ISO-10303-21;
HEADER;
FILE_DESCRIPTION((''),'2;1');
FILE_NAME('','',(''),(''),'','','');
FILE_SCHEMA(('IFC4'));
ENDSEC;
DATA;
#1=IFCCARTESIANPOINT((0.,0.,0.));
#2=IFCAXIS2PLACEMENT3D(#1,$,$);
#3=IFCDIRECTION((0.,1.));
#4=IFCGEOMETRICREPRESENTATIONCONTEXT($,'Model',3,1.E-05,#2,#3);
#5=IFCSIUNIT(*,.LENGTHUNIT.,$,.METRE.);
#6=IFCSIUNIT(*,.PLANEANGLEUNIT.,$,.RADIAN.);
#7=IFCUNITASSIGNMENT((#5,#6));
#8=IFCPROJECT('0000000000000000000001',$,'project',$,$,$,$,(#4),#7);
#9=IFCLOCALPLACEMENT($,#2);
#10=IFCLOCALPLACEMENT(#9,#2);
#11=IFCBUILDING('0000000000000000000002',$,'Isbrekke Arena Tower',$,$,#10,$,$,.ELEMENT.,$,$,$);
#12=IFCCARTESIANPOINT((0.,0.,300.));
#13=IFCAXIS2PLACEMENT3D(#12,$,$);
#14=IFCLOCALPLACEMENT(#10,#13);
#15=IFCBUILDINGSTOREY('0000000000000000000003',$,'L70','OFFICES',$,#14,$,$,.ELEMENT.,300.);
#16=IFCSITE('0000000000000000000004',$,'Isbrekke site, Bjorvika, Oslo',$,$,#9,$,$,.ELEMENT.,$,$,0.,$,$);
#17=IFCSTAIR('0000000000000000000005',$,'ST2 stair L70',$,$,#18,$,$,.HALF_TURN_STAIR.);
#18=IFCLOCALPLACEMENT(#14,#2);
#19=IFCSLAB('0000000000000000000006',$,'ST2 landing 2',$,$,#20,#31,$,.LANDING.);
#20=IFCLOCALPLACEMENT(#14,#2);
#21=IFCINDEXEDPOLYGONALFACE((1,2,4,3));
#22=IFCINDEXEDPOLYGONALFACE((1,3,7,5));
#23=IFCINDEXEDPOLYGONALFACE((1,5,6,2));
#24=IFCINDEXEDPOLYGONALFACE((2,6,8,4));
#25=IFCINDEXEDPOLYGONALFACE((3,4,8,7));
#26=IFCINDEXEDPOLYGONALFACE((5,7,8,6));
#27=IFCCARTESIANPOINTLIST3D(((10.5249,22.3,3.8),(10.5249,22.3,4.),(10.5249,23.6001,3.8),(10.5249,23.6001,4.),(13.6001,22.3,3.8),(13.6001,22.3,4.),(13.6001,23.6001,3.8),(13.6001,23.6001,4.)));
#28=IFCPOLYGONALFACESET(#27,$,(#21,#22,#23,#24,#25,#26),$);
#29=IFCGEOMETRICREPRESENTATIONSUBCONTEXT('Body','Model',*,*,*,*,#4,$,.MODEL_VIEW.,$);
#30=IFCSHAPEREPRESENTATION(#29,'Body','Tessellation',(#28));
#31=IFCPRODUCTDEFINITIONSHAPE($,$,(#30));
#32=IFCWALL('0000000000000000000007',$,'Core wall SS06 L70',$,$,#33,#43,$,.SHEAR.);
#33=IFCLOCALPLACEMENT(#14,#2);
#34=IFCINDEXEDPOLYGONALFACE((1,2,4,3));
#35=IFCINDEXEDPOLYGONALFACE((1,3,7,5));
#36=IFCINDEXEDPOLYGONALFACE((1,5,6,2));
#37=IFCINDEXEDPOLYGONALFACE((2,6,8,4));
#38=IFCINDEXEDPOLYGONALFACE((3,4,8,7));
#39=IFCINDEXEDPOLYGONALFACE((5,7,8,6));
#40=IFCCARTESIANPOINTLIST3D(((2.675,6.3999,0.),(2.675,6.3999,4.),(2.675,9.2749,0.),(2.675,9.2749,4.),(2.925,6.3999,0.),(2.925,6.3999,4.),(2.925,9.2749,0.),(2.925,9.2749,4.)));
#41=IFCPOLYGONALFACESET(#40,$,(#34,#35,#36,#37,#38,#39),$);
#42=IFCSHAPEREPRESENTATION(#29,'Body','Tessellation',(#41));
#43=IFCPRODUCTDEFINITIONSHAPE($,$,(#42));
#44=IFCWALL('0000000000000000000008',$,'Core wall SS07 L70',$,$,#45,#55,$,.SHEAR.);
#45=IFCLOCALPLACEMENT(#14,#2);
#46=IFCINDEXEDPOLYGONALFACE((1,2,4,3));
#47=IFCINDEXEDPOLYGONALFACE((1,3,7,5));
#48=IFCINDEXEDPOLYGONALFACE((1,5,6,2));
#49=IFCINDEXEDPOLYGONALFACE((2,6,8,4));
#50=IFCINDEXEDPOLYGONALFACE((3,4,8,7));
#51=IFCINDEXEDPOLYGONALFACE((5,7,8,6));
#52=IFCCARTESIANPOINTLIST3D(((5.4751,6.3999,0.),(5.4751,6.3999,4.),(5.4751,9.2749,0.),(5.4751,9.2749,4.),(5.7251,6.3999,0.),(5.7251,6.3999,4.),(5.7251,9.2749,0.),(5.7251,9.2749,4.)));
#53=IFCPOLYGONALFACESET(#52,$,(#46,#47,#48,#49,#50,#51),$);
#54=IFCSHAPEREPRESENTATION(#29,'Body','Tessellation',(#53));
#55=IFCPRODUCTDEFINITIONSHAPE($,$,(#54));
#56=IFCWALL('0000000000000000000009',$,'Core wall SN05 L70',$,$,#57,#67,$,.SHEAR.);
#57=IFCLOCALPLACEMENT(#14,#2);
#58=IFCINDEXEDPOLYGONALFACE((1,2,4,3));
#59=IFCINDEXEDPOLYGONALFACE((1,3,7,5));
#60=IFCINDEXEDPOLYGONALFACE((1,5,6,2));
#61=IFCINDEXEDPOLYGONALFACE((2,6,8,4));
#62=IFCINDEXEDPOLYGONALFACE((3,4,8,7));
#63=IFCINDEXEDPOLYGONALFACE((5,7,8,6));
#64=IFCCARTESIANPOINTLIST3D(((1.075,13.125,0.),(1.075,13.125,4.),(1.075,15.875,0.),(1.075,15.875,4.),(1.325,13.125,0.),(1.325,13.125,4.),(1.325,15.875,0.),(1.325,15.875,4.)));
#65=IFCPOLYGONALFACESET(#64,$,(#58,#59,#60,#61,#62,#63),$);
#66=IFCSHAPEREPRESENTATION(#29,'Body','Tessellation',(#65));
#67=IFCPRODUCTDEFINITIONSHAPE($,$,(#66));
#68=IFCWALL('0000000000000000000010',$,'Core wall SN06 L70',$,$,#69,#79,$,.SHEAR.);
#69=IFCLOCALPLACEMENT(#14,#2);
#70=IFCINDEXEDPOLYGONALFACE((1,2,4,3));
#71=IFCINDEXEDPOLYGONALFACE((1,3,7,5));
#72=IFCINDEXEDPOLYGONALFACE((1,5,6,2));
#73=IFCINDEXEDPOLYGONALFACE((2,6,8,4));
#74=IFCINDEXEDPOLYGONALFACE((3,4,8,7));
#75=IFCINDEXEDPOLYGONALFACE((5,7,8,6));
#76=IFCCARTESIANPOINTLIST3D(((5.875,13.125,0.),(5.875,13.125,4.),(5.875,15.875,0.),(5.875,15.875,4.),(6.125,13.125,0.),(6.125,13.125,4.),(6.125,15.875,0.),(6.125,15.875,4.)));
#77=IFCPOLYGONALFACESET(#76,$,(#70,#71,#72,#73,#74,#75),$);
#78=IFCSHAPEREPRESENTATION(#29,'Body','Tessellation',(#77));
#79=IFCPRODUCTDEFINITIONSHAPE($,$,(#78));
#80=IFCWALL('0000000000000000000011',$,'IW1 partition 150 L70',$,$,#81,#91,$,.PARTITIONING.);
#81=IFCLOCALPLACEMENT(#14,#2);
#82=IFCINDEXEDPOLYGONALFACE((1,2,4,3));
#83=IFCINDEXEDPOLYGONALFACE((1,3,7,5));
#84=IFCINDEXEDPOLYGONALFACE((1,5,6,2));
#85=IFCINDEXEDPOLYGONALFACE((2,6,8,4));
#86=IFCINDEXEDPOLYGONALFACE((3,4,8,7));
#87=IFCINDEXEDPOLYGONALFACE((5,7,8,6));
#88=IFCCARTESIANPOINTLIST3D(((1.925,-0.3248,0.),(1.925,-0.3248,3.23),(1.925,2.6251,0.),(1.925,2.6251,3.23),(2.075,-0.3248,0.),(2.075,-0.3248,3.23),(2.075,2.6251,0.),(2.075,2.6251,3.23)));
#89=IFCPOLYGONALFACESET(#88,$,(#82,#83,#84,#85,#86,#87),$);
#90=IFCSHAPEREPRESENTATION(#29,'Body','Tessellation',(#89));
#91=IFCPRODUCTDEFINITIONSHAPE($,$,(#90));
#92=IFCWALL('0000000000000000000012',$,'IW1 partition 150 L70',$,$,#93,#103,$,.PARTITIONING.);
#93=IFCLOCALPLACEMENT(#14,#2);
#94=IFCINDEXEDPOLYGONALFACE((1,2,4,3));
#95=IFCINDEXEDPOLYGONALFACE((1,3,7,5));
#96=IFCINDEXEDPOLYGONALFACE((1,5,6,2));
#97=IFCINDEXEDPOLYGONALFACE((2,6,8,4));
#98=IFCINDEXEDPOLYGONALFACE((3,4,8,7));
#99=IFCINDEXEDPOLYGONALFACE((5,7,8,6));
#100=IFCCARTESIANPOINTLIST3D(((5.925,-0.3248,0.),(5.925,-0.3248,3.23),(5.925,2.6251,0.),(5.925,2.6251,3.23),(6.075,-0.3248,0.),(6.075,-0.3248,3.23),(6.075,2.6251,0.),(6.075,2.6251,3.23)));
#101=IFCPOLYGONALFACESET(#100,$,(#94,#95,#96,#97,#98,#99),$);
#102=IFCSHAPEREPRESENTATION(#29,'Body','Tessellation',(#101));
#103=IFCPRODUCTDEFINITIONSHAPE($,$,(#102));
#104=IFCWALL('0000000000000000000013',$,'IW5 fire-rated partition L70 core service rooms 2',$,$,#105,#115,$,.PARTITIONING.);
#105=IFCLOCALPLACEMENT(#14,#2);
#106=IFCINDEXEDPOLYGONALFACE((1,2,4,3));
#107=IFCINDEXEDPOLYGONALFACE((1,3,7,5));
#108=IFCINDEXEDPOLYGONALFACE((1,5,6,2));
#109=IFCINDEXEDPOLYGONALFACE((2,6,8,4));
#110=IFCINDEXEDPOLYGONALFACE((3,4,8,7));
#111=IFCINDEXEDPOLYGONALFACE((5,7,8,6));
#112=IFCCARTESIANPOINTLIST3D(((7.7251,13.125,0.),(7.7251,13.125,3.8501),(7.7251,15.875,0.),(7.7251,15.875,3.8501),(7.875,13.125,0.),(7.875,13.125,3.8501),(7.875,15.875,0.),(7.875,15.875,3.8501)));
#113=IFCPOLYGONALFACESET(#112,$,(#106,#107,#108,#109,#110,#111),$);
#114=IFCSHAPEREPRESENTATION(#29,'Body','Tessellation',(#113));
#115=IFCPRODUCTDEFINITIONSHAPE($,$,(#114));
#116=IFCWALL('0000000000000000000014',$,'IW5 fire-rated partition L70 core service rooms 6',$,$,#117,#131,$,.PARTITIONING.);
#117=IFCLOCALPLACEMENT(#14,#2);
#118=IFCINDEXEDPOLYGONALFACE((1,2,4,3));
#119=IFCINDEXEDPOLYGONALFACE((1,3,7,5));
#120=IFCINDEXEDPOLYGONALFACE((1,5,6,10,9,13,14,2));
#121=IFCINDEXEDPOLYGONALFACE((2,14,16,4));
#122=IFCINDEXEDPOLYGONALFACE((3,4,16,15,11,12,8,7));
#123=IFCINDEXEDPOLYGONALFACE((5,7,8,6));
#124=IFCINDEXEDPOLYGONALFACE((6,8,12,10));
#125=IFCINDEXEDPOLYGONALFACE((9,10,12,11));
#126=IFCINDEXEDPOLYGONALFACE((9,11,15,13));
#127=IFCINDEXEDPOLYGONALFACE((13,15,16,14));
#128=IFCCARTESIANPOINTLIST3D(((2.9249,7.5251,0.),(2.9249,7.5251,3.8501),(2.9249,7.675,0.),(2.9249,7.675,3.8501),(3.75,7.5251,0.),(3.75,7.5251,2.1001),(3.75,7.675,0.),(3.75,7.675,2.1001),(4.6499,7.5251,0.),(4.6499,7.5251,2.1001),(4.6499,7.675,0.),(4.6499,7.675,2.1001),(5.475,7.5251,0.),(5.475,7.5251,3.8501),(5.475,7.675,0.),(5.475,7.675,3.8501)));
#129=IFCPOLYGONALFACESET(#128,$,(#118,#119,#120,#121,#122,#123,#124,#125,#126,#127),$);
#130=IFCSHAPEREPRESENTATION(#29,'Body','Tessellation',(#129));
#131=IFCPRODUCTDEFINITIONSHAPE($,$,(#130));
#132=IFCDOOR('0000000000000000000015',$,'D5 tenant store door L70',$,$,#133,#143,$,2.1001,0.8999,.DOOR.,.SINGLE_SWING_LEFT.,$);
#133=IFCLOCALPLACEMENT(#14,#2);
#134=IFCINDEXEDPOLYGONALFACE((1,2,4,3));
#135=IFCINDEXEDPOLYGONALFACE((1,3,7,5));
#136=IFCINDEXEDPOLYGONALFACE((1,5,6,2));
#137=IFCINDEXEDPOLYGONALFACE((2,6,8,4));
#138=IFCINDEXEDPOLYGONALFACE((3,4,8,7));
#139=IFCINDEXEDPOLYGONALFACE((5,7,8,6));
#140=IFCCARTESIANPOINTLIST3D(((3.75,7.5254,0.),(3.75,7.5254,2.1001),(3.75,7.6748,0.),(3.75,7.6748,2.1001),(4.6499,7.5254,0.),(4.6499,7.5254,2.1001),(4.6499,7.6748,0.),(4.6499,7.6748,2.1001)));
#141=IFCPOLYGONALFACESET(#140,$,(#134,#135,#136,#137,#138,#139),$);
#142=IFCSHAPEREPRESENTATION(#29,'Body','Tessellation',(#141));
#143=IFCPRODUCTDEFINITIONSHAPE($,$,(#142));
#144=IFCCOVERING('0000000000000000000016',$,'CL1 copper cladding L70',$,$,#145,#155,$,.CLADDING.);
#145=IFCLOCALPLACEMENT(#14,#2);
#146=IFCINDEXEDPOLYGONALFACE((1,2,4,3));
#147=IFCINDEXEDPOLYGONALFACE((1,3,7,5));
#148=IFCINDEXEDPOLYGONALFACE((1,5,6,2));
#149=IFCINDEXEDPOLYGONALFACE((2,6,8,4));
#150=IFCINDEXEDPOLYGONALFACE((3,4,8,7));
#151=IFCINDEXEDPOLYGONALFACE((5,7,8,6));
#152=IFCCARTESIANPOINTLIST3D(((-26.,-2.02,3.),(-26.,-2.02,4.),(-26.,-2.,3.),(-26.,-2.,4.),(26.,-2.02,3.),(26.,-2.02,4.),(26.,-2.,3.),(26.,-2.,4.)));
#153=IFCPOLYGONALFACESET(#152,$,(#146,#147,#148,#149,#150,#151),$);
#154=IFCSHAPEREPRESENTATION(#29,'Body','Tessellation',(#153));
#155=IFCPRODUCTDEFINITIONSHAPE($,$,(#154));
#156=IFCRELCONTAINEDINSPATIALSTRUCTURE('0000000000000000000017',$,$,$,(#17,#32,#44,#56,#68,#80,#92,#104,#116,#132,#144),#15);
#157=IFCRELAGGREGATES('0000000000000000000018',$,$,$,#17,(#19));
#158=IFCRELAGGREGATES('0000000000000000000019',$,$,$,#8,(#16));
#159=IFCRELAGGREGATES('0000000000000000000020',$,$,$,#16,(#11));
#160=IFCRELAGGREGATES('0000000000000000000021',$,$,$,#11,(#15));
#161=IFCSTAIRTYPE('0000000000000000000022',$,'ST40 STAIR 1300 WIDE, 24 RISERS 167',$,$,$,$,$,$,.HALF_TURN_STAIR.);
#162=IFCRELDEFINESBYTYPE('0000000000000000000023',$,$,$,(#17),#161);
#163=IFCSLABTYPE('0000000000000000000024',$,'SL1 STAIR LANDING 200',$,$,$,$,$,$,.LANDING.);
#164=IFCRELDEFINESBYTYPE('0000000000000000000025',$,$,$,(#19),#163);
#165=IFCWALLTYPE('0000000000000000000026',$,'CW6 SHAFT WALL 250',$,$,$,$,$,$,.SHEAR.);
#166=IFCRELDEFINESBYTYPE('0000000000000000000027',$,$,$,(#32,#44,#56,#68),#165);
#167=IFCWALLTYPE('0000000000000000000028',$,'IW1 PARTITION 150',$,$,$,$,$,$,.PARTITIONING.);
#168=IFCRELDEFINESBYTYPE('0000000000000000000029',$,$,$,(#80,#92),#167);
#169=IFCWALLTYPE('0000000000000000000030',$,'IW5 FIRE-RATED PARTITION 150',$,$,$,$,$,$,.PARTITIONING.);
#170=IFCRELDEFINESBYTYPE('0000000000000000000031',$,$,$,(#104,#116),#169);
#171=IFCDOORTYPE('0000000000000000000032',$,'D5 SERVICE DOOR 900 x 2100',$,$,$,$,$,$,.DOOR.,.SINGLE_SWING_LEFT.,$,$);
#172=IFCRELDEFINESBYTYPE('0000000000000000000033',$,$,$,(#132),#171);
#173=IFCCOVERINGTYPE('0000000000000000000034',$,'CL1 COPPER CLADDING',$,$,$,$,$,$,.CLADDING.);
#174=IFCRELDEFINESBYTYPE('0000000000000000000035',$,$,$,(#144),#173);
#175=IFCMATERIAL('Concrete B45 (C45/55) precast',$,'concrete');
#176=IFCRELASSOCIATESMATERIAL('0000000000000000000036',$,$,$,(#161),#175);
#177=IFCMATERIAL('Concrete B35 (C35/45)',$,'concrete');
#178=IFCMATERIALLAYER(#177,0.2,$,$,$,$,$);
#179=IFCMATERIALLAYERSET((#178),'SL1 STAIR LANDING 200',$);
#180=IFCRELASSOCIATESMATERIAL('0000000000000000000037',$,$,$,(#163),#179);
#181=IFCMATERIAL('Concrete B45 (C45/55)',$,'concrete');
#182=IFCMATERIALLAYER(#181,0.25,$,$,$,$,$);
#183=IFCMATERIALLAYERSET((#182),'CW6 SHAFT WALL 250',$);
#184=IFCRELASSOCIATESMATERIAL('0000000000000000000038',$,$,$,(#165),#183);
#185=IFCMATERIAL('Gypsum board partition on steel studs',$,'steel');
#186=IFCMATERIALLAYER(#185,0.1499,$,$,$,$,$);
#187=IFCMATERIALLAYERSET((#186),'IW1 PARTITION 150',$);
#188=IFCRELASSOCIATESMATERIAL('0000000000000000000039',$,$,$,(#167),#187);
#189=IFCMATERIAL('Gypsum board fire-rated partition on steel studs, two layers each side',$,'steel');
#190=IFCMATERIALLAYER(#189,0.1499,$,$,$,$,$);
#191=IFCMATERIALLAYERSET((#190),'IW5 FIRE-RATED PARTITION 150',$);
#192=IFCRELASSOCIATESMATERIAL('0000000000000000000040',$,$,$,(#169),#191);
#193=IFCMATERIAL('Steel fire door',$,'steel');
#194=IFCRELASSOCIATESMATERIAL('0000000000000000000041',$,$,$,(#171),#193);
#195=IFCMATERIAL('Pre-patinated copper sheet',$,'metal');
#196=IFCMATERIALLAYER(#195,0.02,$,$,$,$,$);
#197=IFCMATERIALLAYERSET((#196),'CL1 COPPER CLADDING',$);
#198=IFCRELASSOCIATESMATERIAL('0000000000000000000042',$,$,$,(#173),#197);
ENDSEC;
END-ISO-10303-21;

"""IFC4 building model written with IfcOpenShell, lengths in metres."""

from ifc_helpers import new_model, si_unit, direction, frame, frame_2d, origin, origin_2d, place, context, subcontext, project, spatial, polyline, rectangle, outline, extrude, material, layer, layer_set, type_object, element, fill, aggregate, save


model = new_model("IFC4")

# Units and contexts
model_context = context("Model", 3, precision=1e-05, world=origin(), true_north=direction((0.0, 1.0)))
body_context = subcontext(model_context, "Body", "Model", "MODEL_VIEW")
ifc_project = project(units=[si_unit("LENGTHUNIT", "METRE"), si_unit("PLANEANGLEUNIT", "RADIAN")], contexts=[model_context])

# Site, building, storey
site_placement = place(None, origin())
site = spatial("IfcSite", under=ifc_project, at=site_placement, Name="Isbrekke site, Bjorvika, Oslo", CompositionType="ELEMENT", RefElevation=0.0)
building_placement = place(site_placement, origin())
building = spatial("IfcBuilding", under=site, at=building_placement, Name="Isbrekke Arena Tower", CompositionType="ELEMENT")
storey_placement = place(building_placement, frame((0.0, 0.0, 300.0)))
storey = spatial("IfcBuildingStorey", under=building, at=storey_placement, Name="L70", Description="OFFICES", CompositionType="ELEMENT", Elevation=300.0)

# Stair, slab
ifc_material_1 = material(Name="Concrete B45 (C45/55) precast", Category="concrete")
stair_type = type_object("IfcStairType", Name="ST40 STAIR 1300 WIDE, 24 RISERS 167", PredefinedType="HALF_TURN_STAIR", material=ifc_material_1)
ifc_material_2 = material(Name="Concrete B35 (C35/45)", Category="concrete")
ifc_layer_1 = layer(ifc_material_2, 0.2)
ifc_layer_set_1 = layer_set([ifc_layer_1], Name="SL1 STAIR LANDING 200")
slab_type = type_object("IfcSlabType", Name="SL1 STAIR LANDING 200", PredefinedType="LANDING", material=ifc_layer_set_1)
stair_1_placement = place(storey_placement, origin())
stair_1 = element("IfcStair", 1, at=stair_1_placement, inside=storey, type_object=stair_type, Name="ST2 stair L70", PredefinedType="HALF_TURN_STAIR")
slab_1_placement = place(storey_placement, frame((0.0, 0.0, 3.8)))
slab_1 = element("IfcSlab", 2, at=slab_1_placement, type_object=slab_type, Name="ST2 landing 2", PredefinedType="LANDING", context=body_context, shape_type="SweptSolid", body=[
    extrude(outline(polyline([(10.5249, 22.3), (13.6001, 22.3), (13.6001, 23.6001), (10.5249, 23.6001), (10.5249, 22.3)])), origin(), (0.0, 0.0, 1.0), 0.2),
])
aggregate(stair_1, [slab_1])

# Walls
ifc_material_3 = material(Name="Concrete B45 (C45/55)", Category="concrete")
ifc_layer_2 = layer(ifc_material_3, 0.25)
ifc_layer_set_2 = layer_set([ifc_layer_2], Name="CW6 SHAFT WALL 250")
wall_type_1 = type_object("IfcWallType", Name="CW6 SHAFT WALL 250", PredefinedType="SHEAR", material=ifc_layer_set_2)
for number, where, z_axis, x_axis, name in (
    (3, (2.8, 6.3999, 0.0), (0.0, 0.0, 1.0), (0.0, 1.0, 0.0), "Core wall SS06 L70"),
    (4, (5.6001, 6.3999, 0.0), (0.0, 0.0, 1.0), (0.0, 1.0, 0.0), "Core wall SS07 L70"),
):
    element("IfcWall", number, at=place(storey_placement, frame(where, z_axis=z_axis, x_axis=x_axis)), inside=storey, type_object=wall_type_1, Name=name, PredefinedType="SHEAR", context=body_context, shape_type="SweptSolid", body=[
        extrude(rectangle(XDim=2.875, YDim=0.25, at=frame_2d((1.4375, 0.0))), origin(), (0.0, 0.0, 1.0), 4.0),
    ])
for number, where, z_axis, x_axis, name in (
    (5, (1.2, 13.125, 0.0), (0.0, 0.0, 1.0), (0.0, 1.0, 0.0), "Core wall SN05 L70"),
    (6, (6.0, 13.125, 0.0), (0.0, 0.0, 1.0), (0.0, 1.0, 0.0), "Core wall SN06 L70"),
):
    element("IfcWall", number, at=place(storey_placement, frame(where, z_axis=z_axis, x_axis=x_axis)), inside=storey, type_object=wall_type_1, Name=name, PredefinedType="SHEAR", context=body_context, shape_type="SweptSolid", body=[
        extrude(rectangle(XDim=2.75, YDim=0.25, at=frame_2d((1.375, 0.0))), origin(), (0.0, 0.0, 1.0), 4.0),
    ])
ifc_material_4 = material(Name="Gypsum board partition on steel studs", Category="steel")
ifc_layer_3 = layer(ifc_material_4, 0.1499)
ifc_layer_set_3 = layer_set([ifc_layer_3], Name="IW1 PARTITION 150")
wall_type_2 = type_object("IfcWallType", Name="IW1 PARTITION 150", PredefinedType="PARTITIONING", material=ifc_layer_set_3)
for number, where, z_axis, x_axis, name in (
    (7, (2.0, -0.325, 0.0), (0.0, 0.0, 1.0), (0.0, 1.0, 0.0), "IW1 partition 150 L70"),
    (8, (6.0, -0.325, 0.0), (0.0, 0.0, 1.0), (0.0, 1.0, 0.0), "IW1 partition 150 L70"),
):
    element("IfcWall", number, at=place(storey_placement, frame(where, z_axis=z_axis, x_axis=x_axis)), inside=storey, type_object=wall_type_2, Name=name, PredefinedType="PARTITIONING", context=body_context, shape_type="SweptSolid", body=[
        extrude(rectangle(XDim=2.95, YDim=0.1499, at=frame_2d((1.4751, 0.0))), origin(), (0.0, 0.0, 1.0), 3.23),
    ])
ifc_material_5 = material(Name="Gypsum board fire-rated partition on steel studs, two layers each side", Category="steel")
ifc_layer_4 = layer(ifc_material_5, 0.1499)
ifc_layer_set_4 = layer_set([ifc_layer_4], Name="IW5 FIRE-RATED PARTITION 150")
wall_type_3 = type_object("IfcWallType", Name="IW5 FIRE-RATED PARTITION 150", PredefinedType="PARTITIONING", material=ifc_layer_set_4)
wall_1_placement = place(storey_placement, frame((7.8, 13.125, 0.0), z_axis=(0.0, 0.0, 1.0), x_axis=(0.0, 1.0, 0.0)))
element("IfcWall", 9, at=wall_1_placement, inside=storey, type_object=wall_type_3, Name="IW5 fire-rated partition L70 core service rooms 2", PredefinedType="PARTITIONING", context=body_context, shape_type="SweptSolid", body=[
    extrude(rectangle(XDim=2.75, YDim=0.1499, at=frame_2d((1.375, 0.0))), origin(), (0.0, 0.0, 1.0), 3.8501),
])

# Wall, opening, door
wall_2_placement = place(storey_placement, frame((2.925, 7.6001, 0.0), z_axis=(0.0, 0.0, 1.0), x_axis=(1.0, 0.0, 0.0)))
wall_2 = element("IfcWall", 10, at=wall_2_placement, inside=storey, type_object=wall_type_3, Name="IW5 fire-rated partition L70 core service rooms 6", PredefinedType="PARTITIONING", context=body_context, shape_type="SweptSolid", body=[
    extrude(rectangle(XDim=2.55, YDim=0.1499, at=frame_2d((1.2749, 0.0))), origin(), (0.0, 0.0, 1.0), 3.8501),
])
opening_placement = place(wall_2_placement, frame((0.825, 0.0, 0.0)))
opening = element("IfcOpeningElement", 11, at=opening_placement, cuts=wall_2, PredefinedType="OPENING", context=body_context, shape_type="SweptSolid", body=[
    extrude(rectangle(XDim=0.8999, YDim=2.1001, at=frame_2d((0.45, 1.05))), frame((0.0, 0.0898, 0.0), z_axis=(0.0, -1.0, 0.0), x_axis=(1.0, 0.0, 0.0)), (0.0, 0.0, 1.0), 0.1797),
])
ifc_material_6 = material(Name="Steel fire door", Category="steel")
door_type = type_object("IfcDoorType", Name="D5 SERVICE DOOR 900 x 2100", OperationType="SINGLE_SWING_LEFT", PredefinedType="DOOR", material=ifc_material_6)
door_placement = place(opening_placement, origin())
door = element("IfcDoor", 12, at=door_placement, inside=storey, type_object=door_type, Name="D5 tenant store door L70", OperationType="SINGLE_SWING_LEFT", OverallHeight=2.1001, OverallWidth=0.8999, PredefinedType="DOOR", context=body_context, shape_type="SweptSolid", body=[
    extrude(rectangle(XDim=0.8999, YDim=2.1001, at=frame_2d((0.45, 1.05))), frame((0.0, 0.0747, 0.0), z_axis=(0.0, -1.0, 0.0), x_axis=(1.0, 0.0, 0.0)), (0.0, 0.0, 1.0), 0.1494),
])
fill(opening, door)

# Covering
ifc_material_7 = material(Name="Pre-patinated copper sheet", Category="metal")
ifc_layer_5 = layer(ifc_material_7, 0.02)
ifc_layer_set_5 = layer_set([ifc_layer_5], Name="CL1 COPPER CLADDING")
covering_type = type_object("IfcCoveringType", Name="CL1 COPPER CLADDING", PredefinedType="CLADDING", material=ifc_layer_set_5)
covering_placement = place(storey_placement, frame((0.0, -2.01, 3.0), z_axis=(0.0, 0.0, 1.0), x_axis=(1.0, 0.0, 0.0)))
element("IfcCovering", 13, at=covering_placement, inside=storey, type_object=covering_type, Name="CL1 copper cladding L70", PredefinedType="CLADDING", context=body_context, shape_type="SweptSolid", body=[
    extrude(rectangle(XDim=52.0, YDim=0.02, at=origin_2d()), origin(), (0.0, 0.0, 1.0), 1.0),
])

save(model, "model.ifc")
